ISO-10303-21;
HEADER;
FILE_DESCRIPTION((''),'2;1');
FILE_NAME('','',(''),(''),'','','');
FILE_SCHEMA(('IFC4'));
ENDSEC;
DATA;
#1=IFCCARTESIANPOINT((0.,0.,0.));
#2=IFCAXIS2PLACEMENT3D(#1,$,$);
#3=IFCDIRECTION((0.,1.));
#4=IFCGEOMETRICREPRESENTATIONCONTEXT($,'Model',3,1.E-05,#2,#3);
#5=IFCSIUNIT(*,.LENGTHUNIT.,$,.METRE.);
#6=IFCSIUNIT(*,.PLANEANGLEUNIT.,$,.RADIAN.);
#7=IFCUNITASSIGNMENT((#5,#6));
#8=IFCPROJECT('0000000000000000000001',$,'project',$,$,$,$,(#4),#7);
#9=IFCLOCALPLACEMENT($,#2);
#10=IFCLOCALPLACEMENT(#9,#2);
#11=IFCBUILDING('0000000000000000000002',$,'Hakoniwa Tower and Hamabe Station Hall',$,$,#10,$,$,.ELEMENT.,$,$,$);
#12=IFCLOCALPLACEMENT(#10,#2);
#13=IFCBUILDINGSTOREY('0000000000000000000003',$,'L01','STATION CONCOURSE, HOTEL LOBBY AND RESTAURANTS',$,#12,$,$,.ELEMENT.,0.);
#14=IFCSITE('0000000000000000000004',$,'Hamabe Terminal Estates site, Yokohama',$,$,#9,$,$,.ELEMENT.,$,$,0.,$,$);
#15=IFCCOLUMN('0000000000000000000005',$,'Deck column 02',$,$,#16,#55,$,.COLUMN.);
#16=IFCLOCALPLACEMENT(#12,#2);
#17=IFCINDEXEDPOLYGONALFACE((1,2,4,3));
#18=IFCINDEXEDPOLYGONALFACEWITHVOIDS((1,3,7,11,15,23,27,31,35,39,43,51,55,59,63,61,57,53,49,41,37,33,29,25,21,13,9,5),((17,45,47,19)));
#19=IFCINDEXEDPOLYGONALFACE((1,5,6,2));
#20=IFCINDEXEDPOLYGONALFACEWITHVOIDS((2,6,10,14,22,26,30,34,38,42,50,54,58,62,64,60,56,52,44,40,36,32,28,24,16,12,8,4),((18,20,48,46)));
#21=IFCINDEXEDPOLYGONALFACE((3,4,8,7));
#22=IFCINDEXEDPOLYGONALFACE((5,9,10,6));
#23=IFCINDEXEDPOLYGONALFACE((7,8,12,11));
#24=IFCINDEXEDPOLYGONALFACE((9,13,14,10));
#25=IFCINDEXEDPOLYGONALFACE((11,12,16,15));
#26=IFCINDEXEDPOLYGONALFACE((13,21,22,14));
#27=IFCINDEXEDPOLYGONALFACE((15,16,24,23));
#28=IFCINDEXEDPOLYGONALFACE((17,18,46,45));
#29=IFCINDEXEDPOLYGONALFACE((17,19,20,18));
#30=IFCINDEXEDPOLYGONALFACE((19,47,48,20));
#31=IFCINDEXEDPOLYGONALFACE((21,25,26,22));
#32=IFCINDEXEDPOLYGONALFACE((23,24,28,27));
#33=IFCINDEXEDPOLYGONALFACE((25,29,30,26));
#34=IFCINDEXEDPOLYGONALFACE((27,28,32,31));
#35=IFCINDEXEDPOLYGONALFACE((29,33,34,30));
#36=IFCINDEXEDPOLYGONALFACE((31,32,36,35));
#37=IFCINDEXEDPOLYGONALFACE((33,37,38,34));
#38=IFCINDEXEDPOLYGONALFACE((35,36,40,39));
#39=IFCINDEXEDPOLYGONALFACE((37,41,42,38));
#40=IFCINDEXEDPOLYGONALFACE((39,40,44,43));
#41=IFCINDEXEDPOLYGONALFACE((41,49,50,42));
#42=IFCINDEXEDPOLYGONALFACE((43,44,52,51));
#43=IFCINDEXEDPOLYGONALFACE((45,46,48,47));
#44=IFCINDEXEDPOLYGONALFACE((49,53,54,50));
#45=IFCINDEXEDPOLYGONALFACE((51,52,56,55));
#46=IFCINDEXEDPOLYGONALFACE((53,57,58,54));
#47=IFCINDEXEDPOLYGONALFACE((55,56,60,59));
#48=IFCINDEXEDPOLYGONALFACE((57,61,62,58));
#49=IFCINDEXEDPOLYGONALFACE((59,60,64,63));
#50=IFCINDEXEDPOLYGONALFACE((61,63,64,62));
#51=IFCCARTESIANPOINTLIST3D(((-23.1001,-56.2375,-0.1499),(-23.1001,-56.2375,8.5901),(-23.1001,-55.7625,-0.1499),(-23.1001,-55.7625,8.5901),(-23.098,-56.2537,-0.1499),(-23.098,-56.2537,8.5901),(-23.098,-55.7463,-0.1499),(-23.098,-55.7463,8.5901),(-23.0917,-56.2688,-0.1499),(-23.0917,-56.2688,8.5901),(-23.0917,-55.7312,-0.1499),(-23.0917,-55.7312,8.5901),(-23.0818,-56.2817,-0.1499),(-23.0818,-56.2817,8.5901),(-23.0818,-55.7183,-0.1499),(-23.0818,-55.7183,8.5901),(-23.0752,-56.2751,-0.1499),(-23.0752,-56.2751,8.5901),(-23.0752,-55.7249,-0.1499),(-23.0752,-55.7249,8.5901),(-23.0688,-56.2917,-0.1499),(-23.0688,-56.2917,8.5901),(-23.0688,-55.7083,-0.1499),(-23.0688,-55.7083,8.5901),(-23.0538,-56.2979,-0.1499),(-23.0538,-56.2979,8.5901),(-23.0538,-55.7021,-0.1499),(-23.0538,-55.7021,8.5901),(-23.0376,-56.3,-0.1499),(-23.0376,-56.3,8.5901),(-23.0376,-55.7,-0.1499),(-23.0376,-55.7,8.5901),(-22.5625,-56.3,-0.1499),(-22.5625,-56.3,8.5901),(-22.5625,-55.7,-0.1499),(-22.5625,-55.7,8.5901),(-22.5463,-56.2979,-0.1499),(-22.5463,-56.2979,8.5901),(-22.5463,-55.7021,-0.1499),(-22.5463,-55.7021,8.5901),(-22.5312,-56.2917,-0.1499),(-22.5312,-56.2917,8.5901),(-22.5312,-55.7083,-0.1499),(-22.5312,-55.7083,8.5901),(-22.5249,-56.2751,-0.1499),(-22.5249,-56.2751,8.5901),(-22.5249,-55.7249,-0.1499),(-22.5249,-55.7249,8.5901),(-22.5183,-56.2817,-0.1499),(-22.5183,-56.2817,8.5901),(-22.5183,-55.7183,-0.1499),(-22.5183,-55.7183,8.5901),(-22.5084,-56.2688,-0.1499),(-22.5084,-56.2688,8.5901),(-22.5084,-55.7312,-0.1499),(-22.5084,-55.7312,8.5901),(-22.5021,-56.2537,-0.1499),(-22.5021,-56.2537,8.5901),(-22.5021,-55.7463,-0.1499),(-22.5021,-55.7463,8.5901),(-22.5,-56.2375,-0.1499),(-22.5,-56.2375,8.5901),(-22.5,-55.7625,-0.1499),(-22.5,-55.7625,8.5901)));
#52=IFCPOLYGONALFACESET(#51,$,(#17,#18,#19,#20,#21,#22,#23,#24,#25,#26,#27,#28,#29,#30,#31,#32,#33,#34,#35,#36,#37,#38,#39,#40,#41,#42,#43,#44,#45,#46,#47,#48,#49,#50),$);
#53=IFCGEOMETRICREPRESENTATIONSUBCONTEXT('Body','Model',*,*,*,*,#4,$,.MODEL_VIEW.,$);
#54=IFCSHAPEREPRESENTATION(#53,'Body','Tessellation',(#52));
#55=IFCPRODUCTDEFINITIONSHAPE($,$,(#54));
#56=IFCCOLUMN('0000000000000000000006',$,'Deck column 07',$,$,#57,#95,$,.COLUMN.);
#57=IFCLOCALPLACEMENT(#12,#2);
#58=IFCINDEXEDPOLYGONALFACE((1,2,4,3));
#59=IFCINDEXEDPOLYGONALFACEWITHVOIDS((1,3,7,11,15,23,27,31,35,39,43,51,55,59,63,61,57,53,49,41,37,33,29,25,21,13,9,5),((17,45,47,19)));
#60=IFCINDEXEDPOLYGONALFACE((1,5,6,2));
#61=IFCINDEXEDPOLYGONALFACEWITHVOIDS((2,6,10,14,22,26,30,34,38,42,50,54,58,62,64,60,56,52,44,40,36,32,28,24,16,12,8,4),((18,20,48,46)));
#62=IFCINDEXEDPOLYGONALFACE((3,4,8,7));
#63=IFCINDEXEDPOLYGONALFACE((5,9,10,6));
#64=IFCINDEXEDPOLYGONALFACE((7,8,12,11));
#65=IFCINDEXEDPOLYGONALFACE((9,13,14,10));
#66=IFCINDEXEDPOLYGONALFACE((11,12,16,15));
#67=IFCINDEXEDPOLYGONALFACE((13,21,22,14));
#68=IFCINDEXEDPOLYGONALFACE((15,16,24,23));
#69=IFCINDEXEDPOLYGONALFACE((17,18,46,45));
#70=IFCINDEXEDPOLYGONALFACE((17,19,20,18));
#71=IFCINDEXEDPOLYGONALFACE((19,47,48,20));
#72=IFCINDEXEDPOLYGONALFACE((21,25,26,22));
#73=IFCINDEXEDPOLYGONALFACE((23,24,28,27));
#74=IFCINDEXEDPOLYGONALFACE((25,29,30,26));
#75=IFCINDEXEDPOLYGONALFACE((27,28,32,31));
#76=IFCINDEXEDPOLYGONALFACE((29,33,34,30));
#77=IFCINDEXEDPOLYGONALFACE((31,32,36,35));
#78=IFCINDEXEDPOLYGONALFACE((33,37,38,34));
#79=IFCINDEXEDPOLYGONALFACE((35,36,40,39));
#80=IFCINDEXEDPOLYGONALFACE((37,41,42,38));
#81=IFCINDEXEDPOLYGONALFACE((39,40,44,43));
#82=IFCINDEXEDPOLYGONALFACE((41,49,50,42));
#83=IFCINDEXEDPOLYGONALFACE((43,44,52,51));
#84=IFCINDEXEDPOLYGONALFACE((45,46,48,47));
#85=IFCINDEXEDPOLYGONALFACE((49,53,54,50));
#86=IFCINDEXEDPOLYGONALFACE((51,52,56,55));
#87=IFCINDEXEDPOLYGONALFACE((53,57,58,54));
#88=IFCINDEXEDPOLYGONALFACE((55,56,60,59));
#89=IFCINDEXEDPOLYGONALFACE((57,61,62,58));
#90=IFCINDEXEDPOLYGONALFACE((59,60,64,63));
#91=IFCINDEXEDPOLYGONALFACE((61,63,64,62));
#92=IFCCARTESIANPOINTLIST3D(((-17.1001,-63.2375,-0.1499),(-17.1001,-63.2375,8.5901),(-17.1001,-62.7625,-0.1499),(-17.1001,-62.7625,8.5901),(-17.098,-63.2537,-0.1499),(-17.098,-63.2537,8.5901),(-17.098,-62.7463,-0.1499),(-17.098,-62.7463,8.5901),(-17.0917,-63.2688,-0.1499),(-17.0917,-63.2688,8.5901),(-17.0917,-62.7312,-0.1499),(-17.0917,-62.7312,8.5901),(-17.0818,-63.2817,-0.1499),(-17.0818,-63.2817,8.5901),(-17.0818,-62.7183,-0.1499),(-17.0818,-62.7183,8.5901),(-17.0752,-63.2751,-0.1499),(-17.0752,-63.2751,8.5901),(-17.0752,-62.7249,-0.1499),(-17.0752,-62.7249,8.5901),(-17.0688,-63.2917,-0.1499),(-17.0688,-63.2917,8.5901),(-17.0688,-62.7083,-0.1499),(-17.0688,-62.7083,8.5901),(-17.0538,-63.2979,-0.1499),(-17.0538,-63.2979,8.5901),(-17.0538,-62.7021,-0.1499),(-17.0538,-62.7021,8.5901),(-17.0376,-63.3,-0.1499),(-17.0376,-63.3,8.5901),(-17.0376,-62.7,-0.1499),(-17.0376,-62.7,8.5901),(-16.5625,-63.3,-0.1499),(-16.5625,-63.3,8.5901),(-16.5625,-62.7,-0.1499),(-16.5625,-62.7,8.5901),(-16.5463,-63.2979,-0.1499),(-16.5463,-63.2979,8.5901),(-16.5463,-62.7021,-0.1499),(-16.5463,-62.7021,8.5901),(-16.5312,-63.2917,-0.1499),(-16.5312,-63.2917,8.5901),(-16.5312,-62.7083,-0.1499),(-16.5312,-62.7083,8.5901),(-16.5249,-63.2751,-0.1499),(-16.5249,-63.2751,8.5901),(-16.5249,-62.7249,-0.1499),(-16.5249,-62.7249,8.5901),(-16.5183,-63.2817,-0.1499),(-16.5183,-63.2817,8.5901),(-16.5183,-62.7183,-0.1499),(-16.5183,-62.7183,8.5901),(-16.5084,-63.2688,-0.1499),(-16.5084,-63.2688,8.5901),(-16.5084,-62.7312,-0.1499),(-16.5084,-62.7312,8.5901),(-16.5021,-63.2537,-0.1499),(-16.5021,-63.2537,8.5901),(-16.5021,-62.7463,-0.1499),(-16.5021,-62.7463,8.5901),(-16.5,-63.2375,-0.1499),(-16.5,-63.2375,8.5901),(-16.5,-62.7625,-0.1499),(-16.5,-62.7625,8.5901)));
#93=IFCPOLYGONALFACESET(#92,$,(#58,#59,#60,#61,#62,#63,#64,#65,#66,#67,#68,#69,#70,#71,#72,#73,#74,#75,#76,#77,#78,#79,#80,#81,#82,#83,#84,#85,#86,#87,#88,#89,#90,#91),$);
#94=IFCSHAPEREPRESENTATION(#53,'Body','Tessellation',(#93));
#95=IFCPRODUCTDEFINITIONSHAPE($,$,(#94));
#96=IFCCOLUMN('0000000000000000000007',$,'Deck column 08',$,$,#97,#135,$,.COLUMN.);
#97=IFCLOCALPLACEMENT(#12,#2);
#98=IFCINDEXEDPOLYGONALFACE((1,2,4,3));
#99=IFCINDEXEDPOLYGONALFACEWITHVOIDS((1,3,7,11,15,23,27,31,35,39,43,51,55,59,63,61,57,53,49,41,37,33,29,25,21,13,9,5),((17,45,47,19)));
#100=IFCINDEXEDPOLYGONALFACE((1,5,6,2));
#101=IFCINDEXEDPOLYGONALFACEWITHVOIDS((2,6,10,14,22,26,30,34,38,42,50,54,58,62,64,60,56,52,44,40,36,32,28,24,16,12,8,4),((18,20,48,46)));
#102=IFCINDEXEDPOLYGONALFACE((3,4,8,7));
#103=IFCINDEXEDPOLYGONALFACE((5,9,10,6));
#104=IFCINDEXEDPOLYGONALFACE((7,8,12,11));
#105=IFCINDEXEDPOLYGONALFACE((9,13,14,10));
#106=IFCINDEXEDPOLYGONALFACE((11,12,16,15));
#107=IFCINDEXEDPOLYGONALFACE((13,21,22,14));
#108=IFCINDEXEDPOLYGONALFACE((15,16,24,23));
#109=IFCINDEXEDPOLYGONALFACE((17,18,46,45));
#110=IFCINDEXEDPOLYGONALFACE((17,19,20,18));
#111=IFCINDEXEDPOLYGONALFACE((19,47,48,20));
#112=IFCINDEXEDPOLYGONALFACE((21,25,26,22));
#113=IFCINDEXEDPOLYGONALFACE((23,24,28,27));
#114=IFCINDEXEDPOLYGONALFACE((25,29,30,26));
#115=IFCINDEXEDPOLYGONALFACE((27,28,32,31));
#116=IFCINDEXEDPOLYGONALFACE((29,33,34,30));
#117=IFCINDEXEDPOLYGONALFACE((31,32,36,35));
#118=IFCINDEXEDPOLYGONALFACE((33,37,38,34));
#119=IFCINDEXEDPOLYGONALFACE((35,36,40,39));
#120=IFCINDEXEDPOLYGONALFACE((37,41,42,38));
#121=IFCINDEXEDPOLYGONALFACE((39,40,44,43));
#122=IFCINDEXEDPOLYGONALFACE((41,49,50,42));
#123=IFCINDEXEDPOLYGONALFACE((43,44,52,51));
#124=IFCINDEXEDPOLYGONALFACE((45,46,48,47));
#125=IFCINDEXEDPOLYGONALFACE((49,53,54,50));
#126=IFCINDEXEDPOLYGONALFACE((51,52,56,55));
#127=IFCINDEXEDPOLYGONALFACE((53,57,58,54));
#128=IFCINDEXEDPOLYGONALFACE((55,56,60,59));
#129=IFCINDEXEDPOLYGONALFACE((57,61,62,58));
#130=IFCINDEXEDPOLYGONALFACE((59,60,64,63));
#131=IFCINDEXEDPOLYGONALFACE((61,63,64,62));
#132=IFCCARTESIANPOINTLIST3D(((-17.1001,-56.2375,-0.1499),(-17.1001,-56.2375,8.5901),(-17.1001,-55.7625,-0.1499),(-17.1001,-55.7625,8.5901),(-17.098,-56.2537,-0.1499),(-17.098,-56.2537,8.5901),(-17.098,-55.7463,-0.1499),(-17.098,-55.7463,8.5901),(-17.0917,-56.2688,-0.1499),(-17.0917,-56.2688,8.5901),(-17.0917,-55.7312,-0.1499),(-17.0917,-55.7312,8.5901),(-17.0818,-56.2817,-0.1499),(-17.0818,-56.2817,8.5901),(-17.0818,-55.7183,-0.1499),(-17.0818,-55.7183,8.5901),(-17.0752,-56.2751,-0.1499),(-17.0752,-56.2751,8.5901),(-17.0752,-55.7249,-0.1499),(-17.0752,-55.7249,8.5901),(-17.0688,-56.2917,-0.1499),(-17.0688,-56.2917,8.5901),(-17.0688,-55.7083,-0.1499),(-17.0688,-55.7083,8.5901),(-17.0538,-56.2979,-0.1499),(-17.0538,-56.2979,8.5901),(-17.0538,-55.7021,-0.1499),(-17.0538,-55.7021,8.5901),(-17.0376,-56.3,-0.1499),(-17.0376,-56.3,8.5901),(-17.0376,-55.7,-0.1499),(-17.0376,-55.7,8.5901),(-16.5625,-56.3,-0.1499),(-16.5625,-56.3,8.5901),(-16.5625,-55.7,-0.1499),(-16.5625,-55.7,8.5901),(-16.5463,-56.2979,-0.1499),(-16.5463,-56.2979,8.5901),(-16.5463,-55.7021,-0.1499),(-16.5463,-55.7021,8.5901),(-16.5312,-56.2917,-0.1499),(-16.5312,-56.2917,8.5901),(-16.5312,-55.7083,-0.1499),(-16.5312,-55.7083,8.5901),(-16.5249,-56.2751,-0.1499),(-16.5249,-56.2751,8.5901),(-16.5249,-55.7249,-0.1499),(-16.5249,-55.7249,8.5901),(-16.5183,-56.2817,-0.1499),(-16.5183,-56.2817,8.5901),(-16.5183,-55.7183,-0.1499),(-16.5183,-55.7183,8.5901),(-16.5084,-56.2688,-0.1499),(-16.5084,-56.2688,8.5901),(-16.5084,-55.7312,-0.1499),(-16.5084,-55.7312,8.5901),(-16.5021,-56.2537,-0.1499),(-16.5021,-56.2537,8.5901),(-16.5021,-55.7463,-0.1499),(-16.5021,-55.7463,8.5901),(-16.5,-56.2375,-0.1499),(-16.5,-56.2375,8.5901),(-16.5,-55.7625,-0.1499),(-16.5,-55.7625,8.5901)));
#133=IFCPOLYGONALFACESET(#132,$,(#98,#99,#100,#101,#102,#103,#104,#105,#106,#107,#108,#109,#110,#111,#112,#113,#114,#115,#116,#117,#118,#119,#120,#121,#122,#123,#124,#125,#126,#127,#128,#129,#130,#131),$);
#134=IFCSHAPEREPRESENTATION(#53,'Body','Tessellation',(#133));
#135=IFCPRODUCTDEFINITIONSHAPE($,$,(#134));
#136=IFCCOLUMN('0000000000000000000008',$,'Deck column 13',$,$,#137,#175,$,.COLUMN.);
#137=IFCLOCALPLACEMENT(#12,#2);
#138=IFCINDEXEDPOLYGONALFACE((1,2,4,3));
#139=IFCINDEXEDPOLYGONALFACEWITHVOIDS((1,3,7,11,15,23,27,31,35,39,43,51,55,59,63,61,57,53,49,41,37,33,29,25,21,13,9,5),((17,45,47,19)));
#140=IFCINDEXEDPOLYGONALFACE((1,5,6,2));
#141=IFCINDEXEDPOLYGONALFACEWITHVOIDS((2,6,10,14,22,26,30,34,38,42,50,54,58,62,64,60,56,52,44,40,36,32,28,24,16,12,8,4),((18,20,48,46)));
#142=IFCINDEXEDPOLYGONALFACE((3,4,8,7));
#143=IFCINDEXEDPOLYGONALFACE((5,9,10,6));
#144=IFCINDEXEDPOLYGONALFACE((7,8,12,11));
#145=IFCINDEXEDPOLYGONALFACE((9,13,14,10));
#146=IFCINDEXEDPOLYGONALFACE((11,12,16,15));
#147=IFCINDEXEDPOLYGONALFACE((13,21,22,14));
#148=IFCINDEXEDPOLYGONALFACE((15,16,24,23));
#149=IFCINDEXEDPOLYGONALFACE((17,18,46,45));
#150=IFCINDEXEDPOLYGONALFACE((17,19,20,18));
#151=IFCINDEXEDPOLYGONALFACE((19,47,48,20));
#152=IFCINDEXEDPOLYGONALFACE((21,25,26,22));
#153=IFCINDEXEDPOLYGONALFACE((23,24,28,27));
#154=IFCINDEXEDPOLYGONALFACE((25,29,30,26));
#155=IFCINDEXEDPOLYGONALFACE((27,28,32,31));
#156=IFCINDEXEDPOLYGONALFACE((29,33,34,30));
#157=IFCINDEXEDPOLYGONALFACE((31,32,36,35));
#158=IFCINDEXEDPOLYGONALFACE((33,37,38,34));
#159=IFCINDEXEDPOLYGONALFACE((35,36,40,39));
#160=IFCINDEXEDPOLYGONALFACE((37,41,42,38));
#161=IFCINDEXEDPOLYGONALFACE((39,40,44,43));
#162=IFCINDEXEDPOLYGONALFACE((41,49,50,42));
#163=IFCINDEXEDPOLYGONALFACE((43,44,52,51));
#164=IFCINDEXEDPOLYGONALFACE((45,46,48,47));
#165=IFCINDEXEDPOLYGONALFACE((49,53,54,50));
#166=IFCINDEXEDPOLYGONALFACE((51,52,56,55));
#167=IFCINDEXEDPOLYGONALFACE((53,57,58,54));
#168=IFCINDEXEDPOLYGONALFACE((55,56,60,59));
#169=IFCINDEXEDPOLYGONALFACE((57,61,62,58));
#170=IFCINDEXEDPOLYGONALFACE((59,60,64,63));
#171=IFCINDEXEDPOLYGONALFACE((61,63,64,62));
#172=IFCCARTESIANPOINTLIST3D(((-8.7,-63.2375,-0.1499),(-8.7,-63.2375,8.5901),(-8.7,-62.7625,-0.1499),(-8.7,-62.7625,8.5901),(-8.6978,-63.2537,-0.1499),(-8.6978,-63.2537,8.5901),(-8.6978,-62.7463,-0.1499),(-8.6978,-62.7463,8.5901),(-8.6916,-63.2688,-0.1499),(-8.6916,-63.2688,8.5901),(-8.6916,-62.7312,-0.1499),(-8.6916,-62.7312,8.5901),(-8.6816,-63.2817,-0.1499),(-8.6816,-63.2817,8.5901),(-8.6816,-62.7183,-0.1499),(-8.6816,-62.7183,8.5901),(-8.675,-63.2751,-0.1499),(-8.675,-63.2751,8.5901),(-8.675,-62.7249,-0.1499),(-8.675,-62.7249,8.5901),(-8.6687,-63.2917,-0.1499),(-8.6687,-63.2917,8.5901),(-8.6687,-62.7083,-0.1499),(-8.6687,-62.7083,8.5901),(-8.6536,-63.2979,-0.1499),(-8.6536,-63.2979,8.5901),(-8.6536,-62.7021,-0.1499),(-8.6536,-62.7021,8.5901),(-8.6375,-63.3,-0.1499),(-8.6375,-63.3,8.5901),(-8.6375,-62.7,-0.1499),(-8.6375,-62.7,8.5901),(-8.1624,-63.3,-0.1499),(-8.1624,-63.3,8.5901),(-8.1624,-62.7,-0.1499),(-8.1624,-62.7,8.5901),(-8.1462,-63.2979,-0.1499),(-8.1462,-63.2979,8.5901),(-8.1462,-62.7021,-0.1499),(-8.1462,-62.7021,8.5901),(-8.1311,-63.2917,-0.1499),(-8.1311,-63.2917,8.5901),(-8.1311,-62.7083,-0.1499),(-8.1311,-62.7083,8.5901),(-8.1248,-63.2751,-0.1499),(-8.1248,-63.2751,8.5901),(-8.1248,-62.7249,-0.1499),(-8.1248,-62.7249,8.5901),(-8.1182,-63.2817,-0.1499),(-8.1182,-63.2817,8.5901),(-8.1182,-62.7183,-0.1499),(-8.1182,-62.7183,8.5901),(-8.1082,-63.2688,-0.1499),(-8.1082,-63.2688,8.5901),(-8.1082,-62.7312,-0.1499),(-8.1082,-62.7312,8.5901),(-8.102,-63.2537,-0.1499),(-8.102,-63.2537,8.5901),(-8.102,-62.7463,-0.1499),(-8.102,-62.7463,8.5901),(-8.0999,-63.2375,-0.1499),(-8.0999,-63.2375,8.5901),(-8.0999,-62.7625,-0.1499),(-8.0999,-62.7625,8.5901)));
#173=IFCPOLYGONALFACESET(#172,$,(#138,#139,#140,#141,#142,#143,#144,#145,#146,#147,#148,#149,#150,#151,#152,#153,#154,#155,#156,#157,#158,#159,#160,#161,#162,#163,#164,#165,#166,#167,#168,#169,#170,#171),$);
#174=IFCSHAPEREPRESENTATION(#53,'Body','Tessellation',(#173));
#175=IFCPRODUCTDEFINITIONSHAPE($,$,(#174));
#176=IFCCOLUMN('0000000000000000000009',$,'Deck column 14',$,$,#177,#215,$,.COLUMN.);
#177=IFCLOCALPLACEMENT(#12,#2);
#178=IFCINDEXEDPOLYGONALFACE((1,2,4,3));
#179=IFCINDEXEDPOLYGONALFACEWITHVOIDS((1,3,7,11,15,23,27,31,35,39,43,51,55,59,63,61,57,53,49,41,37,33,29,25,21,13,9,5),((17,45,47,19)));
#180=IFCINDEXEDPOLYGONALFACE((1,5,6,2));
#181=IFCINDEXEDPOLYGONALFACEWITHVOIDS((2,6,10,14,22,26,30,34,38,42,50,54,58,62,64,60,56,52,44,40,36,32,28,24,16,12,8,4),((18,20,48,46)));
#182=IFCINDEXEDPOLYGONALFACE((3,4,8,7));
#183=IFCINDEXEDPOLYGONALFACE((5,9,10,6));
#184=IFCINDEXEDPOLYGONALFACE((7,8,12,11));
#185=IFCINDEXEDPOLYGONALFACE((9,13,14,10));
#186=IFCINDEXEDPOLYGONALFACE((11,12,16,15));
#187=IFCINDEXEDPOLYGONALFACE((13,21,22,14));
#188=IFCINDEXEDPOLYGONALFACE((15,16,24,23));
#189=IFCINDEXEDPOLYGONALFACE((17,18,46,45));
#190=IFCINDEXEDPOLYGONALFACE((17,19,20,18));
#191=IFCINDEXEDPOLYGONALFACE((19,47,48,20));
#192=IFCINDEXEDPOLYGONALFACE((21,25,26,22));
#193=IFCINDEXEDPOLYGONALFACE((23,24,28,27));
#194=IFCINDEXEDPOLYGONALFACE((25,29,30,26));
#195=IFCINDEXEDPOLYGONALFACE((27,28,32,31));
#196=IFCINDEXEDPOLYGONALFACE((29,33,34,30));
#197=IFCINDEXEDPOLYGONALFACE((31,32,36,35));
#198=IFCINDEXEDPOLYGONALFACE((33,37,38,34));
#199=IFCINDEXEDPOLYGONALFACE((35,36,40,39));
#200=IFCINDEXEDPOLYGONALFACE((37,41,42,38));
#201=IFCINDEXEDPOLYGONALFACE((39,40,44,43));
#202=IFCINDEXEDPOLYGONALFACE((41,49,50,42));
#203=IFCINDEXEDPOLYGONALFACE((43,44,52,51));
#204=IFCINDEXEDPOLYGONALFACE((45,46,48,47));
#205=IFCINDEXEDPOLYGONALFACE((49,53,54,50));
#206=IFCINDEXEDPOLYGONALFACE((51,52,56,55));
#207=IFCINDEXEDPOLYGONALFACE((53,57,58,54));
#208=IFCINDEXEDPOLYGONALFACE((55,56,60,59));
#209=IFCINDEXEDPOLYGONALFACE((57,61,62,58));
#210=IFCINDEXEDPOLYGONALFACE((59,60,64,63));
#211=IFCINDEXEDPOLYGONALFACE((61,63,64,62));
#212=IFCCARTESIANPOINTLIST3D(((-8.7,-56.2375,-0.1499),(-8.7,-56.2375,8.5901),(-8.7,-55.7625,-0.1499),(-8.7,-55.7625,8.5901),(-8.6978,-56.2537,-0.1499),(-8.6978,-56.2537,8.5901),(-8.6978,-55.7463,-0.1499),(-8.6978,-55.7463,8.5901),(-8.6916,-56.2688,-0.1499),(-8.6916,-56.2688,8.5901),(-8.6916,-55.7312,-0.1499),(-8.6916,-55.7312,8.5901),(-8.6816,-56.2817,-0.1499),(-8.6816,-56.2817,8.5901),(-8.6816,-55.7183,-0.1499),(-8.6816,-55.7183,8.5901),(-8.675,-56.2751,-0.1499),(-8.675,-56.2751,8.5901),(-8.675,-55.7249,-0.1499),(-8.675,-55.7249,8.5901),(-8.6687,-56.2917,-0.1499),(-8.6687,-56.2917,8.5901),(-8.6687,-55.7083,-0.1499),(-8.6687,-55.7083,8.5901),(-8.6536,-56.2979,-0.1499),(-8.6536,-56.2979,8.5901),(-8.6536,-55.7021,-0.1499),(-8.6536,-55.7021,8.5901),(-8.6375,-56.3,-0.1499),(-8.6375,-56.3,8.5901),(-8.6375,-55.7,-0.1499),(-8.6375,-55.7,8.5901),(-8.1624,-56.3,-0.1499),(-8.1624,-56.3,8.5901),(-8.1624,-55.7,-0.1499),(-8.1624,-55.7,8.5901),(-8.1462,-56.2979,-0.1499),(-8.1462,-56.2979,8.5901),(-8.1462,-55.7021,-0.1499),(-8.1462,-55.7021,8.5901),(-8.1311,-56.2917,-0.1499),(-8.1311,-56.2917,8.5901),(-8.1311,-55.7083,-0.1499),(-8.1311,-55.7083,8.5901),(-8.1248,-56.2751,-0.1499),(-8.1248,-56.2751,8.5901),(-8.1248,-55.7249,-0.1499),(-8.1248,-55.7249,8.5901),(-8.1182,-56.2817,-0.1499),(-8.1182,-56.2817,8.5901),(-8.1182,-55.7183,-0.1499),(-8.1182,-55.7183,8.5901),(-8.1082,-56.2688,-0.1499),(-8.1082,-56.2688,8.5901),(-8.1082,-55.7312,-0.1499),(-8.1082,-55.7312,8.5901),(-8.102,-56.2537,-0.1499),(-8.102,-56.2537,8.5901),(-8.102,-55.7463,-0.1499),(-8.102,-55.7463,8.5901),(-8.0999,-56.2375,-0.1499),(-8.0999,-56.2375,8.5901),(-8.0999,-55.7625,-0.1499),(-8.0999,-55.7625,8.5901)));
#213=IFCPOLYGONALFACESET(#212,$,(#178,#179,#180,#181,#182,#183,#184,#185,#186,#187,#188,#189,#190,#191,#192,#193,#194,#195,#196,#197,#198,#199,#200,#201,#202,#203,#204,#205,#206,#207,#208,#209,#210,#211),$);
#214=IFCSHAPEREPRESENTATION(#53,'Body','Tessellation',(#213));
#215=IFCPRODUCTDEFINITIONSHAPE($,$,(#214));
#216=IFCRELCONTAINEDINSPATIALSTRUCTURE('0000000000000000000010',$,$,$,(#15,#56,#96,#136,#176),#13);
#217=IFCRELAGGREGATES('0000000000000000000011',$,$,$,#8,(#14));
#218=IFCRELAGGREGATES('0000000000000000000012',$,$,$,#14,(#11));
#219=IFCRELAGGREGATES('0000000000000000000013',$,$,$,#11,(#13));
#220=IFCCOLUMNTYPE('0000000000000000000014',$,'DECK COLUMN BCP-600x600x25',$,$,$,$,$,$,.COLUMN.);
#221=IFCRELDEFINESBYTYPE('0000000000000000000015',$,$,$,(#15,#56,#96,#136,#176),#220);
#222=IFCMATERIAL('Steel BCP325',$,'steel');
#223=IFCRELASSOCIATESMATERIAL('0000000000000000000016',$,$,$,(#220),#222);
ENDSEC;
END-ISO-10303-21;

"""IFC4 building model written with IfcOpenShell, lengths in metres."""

from ifc_helpers import new_model, si_unit, direction, frame, origin, origin_2d, place, context, subcontext, project, spatial, hollow_rectangle, extrude, material, material_profile, profile_set, type_object, element, save


model = new_model("IFC4")

# Units and contexts
model_context = context("Model", 3, precision=1e-05, world=origin(), true_north=direction((0.0, 1.0)))
body_context = subcontext(model_context, "Body", "Model", "MODEL_VIEW")
ifc_project = project(units=[si_unit("LENGTHUNIT", "METRE"), si_unit("PLANEANGLEUNIT", "RADIAN")], contexts=[model_context])

# Site, building, storey
site_placement = place(None, origin())
site = spatial("IfcSite", under=ifc_project, at=site_placement, Name="Hamabe Terminal Estates site, Yokohama", CompositionType="ELEMENT", RefElevation=0.0)
building_placement = place(site_placement, origin())
building = spatial("IfcBuilding", under=site, at=building_placement, Name="Hakoniwa Tower and Hamabe Station Hall", CompositionType="ELEMENT")
storey_placement = place(building_placement, origin())
storey = spatial("IfcBuildingStorey", under=building, at=storey_placement, Name="L01", Description="STATION CONCOURSE, HOTEL LOBBY AND RESTAURANTS", CompositionType="ELEMENT", Elevation=0.0)

# Columns
ifc_material_1 = material(Name="Steel BCP325", Category="steel")
ifc_material_profile_1 = material_profile(ifc_material_1, hollow_rectangle(XDim=0.6001, YDim=0.6001, WallThickness=0.0249, OuterFilletRadius=0.0625, at=origin_2d()), Name="DECK COLUMN BCP-600x600x25")
ifc_profile_set_1 = profile_set([ifc_material_profile_1], Name="Steel BCP325")
column_type = type_object("IfcColumnType", Name="DECK COLUMN BCP-600x600x25", PredefinedType="COLUMN", material=ifc_profile_set_1)
for number, where, z_axis, x_axis, name in (
    (1, (-22.8, -56.0, -0.1499), (0.0, 0.0, 1.0), (1.0, 0.0, 0.0), "Deck column 02"),
    (2, (-16.8, -63.0, -0.1499), (0.0, 0.0, 1.0), (1.0, 0.0, 0.0), "Deck column 07"),
    (3, (-16.8, -56.0, -0.1499), (0.0, 0.0, 1.0), (1.0, 0.0, 0.0), "Deck column 08"),
    (4, (-8.3999, -63.0, -0.1499), (0.0, 0.0, 1.0), (1.0, 0.0, 0.0), "Deck column 13"),
    (5, (-8.3999, -56.0, -0.1499), (0.0, 0.0, 1.0), (1.0, 0.0, 0.0), "Deck column 14"),
):
    element("IfcColumn", number, at=place(storey_placement, frame(where, z_axis=z_axis, x_axis=x_axis)), inside=storey, type_object=column_type, Name=name, PredefinedType="COLUMN", context=body_context, shape_type="SweptSolid", body=[
        extrude(hollow_rectangle(XDim=0.6001, YDim=0.6001, WallThickness=0.0249, OuterFilletRadius=0.0625, at=origin_2d()), origin(), (0.0, 0.0, 1.0), 8.74),
    ])

save(model, "model.ifc")
